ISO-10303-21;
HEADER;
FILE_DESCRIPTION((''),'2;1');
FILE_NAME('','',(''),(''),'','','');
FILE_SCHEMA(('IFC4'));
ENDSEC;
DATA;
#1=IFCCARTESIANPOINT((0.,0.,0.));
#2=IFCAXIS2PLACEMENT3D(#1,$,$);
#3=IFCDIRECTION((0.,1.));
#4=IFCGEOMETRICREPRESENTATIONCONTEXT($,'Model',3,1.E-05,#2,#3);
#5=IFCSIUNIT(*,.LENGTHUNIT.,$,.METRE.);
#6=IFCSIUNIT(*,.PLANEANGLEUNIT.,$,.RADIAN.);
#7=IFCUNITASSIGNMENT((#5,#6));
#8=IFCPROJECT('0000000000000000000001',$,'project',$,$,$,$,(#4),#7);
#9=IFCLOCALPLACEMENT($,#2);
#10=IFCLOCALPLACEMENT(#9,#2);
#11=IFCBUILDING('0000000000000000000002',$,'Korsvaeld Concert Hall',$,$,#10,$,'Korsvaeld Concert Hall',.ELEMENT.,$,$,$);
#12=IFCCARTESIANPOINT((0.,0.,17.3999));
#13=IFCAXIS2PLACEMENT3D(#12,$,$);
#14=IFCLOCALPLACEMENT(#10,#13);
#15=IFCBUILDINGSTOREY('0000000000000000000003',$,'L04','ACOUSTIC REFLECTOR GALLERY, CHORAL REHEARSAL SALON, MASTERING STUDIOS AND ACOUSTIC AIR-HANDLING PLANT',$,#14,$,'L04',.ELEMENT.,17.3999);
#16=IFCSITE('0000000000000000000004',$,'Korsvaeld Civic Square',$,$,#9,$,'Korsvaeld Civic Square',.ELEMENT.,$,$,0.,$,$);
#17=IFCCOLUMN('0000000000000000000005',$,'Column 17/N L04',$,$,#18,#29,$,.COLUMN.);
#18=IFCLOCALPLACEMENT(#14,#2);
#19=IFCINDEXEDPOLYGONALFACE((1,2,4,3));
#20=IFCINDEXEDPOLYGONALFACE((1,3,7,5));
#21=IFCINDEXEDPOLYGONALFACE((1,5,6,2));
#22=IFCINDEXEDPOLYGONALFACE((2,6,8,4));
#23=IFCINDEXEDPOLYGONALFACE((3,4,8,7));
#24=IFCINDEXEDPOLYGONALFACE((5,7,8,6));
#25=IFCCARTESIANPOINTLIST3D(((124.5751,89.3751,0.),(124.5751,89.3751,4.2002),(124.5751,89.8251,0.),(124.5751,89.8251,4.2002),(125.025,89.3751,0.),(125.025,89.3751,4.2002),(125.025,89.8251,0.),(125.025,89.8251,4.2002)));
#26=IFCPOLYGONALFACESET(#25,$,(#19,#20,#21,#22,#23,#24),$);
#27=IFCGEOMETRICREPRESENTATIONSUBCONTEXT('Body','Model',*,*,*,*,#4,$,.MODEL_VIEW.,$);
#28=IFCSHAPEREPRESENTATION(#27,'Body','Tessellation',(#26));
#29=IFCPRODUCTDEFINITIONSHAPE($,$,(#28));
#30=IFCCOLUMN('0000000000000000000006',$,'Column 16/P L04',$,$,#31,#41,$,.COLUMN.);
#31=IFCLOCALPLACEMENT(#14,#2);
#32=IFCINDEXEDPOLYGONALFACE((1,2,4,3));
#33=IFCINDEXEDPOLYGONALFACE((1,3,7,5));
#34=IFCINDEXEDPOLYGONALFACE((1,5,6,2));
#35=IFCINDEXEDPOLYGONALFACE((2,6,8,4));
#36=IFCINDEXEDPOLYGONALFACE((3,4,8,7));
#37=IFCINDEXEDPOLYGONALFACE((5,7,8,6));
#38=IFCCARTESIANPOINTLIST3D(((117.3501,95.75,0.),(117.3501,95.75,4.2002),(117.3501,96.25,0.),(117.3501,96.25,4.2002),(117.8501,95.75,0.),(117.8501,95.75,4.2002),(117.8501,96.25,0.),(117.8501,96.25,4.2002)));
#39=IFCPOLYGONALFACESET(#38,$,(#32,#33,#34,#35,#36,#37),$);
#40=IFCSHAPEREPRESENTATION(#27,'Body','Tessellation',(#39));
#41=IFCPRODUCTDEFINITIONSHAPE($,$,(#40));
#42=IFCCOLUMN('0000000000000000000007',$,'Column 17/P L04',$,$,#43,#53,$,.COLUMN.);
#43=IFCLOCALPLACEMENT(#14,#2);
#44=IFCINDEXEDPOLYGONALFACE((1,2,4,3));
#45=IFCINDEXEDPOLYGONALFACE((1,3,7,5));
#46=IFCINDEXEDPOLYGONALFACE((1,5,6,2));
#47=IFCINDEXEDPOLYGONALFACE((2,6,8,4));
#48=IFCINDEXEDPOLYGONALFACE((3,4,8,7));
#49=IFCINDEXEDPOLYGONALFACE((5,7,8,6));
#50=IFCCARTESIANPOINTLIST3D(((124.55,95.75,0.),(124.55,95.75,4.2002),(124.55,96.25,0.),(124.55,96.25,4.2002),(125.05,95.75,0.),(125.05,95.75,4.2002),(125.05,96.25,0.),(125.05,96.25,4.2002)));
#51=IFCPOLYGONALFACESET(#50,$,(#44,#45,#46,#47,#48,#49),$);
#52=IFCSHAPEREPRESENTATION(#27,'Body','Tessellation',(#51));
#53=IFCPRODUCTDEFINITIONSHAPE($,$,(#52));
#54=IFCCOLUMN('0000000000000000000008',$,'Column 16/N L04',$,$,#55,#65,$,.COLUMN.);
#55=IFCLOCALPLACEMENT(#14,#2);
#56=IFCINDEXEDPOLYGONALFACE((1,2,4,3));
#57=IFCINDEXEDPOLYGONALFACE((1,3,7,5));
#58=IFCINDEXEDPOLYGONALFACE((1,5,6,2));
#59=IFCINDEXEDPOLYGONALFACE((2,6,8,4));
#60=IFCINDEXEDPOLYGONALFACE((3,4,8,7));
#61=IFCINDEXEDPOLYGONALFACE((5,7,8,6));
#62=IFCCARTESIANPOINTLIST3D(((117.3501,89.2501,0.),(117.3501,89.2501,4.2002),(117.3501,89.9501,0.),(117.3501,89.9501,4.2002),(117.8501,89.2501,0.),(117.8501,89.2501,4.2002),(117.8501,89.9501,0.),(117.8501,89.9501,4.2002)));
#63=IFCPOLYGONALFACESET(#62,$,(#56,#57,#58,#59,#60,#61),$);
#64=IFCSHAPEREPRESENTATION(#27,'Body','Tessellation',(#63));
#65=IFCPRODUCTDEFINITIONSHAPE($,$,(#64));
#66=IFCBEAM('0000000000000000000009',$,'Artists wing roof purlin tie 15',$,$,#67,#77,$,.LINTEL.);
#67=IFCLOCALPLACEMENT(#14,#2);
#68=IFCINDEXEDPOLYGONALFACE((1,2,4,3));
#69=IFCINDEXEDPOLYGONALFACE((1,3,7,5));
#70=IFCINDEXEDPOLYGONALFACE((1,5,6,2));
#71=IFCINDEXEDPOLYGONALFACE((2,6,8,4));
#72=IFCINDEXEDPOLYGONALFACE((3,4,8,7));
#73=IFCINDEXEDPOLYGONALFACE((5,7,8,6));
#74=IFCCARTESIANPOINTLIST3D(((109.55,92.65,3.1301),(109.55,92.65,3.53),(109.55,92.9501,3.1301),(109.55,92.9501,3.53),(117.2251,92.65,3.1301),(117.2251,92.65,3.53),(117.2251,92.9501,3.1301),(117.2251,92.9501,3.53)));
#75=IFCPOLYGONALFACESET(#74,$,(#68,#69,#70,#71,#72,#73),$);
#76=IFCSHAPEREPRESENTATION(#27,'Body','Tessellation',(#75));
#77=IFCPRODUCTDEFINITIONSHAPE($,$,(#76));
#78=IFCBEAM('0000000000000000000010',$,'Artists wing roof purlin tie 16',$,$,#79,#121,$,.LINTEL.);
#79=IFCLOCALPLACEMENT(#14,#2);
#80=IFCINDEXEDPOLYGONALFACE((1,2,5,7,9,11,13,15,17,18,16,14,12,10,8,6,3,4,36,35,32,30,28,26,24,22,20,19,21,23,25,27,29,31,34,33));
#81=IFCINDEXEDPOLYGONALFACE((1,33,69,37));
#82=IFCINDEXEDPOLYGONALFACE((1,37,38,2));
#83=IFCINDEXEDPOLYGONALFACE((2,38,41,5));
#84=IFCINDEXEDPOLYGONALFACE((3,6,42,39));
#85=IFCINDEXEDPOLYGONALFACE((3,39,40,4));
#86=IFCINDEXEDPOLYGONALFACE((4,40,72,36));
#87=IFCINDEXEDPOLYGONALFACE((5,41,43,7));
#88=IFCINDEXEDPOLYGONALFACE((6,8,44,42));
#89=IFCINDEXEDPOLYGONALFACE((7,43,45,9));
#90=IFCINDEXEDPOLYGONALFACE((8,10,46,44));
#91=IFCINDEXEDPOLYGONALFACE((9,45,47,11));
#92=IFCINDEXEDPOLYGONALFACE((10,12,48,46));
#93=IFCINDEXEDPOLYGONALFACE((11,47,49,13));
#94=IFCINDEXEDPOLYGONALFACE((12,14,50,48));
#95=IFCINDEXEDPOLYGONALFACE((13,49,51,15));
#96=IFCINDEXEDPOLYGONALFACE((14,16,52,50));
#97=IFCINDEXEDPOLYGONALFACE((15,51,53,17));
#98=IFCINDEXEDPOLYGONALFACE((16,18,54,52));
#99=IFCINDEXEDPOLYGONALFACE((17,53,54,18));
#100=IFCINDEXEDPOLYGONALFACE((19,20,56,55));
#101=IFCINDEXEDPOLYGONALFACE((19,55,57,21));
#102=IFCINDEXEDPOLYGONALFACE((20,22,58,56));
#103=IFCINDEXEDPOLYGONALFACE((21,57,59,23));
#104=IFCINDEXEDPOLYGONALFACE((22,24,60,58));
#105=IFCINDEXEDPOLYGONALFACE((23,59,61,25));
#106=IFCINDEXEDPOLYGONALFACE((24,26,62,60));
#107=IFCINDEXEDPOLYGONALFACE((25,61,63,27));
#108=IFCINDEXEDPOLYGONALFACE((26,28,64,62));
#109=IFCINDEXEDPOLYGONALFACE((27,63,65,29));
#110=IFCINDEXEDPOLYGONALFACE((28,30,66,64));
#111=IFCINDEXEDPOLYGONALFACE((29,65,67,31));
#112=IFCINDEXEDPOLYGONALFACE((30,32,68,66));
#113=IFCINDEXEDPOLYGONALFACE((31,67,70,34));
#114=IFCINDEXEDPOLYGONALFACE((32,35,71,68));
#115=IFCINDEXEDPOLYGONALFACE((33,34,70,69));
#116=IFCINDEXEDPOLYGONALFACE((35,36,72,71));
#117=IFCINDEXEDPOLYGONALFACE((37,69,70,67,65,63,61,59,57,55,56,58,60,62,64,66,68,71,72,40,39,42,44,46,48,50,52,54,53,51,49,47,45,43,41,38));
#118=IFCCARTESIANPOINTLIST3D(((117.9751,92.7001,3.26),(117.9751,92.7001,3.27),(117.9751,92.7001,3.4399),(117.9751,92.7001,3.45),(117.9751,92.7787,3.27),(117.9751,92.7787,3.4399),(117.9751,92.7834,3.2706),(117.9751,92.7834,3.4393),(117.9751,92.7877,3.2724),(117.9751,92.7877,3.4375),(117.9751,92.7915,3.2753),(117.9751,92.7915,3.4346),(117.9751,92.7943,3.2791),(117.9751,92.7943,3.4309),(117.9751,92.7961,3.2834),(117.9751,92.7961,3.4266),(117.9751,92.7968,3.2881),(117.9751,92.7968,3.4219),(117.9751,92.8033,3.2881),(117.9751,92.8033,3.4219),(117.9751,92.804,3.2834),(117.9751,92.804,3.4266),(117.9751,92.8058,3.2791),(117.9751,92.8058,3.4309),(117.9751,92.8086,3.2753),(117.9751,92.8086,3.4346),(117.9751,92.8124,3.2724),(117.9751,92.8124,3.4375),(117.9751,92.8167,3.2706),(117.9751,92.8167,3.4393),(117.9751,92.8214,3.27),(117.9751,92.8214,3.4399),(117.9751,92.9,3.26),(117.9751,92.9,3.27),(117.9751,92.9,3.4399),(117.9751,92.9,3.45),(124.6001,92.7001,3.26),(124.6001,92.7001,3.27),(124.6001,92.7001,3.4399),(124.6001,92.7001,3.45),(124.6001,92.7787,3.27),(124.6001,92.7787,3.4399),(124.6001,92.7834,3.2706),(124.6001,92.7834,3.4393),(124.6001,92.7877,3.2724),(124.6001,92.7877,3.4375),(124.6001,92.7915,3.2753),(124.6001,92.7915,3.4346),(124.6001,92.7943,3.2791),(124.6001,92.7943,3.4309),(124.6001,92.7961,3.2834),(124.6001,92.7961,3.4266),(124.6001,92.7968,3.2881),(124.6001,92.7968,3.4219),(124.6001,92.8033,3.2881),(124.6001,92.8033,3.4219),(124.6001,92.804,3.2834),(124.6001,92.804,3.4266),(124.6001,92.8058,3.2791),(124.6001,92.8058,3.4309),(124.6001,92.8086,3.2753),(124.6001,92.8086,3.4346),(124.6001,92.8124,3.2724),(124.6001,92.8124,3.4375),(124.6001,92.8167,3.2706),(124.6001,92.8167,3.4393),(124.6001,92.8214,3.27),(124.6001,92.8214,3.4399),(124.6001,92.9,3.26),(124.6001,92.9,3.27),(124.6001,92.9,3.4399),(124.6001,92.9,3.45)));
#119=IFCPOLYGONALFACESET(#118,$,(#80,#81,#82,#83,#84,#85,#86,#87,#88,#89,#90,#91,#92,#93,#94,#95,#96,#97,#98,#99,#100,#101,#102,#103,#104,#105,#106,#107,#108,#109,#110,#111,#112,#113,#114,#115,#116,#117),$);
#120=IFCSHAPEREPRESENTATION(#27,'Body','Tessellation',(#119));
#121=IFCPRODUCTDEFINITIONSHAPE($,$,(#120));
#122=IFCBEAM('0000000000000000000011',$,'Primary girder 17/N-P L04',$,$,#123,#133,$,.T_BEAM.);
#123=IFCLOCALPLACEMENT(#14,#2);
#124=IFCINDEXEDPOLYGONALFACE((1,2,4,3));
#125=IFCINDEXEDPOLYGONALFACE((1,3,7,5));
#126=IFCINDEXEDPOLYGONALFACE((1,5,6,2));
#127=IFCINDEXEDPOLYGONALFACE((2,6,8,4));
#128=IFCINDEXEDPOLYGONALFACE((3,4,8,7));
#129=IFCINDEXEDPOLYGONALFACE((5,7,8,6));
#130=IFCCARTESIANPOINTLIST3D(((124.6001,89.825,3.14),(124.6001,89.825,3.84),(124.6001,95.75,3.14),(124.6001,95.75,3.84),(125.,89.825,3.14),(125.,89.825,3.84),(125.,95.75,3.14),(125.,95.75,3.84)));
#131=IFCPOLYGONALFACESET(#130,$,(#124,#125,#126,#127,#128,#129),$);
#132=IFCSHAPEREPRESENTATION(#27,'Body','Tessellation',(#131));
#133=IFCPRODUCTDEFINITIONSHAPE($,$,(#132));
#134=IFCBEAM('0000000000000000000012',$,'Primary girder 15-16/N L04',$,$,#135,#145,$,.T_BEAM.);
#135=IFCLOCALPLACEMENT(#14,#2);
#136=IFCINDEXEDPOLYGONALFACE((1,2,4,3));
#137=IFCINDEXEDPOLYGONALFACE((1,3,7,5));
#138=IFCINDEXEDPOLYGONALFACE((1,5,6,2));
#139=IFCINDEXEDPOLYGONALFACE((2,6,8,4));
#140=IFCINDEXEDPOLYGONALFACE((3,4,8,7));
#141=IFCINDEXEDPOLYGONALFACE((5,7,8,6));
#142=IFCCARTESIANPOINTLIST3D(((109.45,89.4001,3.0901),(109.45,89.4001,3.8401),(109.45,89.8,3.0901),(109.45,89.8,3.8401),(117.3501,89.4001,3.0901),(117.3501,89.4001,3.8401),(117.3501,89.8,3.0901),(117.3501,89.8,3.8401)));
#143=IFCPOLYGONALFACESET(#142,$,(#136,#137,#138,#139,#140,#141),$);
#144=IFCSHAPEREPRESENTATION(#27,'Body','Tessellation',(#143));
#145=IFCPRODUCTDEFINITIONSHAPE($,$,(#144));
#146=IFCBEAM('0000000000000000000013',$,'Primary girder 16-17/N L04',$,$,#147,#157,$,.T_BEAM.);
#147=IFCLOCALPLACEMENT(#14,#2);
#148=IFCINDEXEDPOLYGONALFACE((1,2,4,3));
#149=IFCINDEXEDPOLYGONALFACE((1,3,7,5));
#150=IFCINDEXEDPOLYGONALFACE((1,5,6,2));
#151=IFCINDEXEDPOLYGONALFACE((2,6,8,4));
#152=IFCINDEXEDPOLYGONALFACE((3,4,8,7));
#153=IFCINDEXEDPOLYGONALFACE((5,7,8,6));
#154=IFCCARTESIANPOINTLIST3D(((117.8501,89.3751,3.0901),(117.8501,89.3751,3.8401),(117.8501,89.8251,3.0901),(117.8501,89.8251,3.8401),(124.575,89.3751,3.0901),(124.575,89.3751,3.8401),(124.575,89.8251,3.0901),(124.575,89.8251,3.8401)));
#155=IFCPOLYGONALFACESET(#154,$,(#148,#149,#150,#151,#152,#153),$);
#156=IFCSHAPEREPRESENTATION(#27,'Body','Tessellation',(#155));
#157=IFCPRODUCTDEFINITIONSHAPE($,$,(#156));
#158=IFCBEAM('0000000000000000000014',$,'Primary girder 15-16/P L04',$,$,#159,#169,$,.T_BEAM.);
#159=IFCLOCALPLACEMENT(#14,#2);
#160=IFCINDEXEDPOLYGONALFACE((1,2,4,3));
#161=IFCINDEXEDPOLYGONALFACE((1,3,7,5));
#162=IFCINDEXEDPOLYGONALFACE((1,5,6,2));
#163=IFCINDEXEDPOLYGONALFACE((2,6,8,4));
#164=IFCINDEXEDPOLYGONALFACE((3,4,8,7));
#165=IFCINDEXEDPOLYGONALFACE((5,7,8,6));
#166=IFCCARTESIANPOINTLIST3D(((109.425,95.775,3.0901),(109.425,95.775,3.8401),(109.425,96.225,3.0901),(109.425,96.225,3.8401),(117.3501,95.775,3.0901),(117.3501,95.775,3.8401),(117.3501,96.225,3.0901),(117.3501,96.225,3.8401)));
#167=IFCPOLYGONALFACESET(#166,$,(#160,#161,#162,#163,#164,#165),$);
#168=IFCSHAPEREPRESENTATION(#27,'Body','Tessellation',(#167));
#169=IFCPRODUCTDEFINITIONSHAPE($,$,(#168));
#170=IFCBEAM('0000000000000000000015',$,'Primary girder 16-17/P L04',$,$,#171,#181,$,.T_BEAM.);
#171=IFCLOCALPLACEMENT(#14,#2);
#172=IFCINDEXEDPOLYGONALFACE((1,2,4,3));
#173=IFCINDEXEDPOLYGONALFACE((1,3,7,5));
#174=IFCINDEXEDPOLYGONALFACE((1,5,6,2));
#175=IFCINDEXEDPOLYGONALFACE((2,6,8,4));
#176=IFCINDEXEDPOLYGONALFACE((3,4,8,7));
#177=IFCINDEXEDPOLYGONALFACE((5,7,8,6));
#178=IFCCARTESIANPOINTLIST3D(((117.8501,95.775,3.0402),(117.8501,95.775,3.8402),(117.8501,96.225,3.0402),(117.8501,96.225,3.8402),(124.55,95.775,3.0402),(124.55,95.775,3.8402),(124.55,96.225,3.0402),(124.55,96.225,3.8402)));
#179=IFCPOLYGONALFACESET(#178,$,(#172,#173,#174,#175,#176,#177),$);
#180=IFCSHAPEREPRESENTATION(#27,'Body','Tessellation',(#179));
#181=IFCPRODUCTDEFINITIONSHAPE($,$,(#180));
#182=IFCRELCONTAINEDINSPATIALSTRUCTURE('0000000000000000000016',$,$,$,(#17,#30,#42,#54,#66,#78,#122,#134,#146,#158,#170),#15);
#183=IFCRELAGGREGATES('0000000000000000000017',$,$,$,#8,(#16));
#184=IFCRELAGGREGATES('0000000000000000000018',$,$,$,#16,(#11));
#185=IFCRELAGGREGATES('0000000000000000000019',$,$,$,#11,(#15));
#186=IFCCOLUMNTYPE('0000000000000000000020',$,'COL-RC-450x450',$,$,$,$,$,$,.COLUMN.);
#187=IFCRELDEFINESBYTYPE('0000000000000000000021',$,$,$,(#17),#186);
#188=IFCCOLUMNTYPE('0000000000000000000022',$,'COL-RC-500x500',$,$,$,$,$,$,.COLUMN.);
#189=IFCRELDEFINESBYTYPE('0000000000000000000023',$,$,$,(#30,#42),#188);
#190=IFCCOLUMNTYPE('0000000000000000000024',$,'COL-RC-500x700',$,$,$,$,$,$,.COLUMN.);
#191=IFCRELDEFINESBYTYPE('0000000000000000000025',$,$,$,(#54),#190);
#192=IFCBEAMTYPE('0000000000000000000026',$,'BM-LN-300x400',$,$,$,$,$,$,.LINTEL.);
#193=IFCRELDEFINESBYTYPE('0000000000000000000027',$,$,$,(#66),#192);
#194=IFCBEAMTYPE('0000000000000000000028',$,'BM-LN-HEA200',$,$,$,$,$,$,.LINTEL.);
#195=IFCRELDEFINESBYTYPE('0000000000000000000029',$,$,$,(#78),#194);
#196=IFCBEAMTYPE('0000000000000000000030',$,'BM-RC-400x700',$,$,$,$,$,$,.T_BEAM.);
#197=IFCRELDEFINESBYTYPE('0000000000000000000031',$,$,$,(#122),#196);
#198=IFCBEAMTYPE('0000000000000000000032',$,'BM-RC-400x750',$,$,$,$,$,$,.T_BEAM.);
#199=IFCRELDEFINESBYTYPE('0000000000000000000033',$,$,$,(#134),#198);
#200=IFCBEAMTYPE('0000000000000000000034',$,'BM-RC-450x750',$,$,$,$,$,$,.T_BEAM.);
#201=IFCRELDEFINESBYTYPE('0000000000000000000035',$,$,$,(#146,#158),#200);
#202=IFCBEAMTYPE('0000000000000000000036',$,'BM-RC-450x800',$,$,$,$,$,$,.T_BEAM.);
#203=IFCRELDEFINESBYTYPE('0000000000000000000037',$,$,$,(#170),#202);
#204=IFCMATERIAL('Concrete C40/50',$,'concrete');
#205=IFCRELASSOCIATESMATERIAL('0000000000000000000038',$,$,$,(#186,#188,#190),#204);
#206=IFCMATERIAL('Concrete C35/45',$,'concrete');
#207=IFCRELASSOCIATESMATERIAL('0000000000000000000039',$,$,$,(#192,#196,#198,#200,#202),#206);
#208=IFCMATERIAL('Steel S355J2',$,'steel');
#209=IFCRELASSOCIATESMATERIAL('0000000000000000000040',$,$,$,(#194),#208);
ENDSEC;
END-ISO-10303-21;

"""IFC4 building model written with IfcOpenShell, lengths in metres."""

from ifc_helpers import new_model, si_unit, direction, frame, origin, origin_2d, place, context, subcontext, project, spatial, rectangle, i_section, extrude, material, material_profile, profile_set, type_object, element, save


model = new_model("IFC4")

# Units and contexts
model_context = context("Model", 3, precision=1e-05, world=origin(), true_north=direction((0.0, 1.0)))
body_context = subcontext(model_context, "Body", "Model", "MODEL_VIEW")
ifc_project = project(units=[si_unit("LENGTHUNIT", "METRE"), si_unit("PLANEANGLEUNIT", "RADIAN")], contexts=[model_context])

# Site, building, storey
site_placement = place(None, origin())
site = spatial("IfcSite", under=ifc_project, at=site_placement, Name="Korsvaeld Civic Square", LongName="Korsvaeld Civic Square", CompositionType="ELEMENT", RefElevation=0.0)
building_placement = place(site_placement, origin())
building = spatial("IfcBuilding", under=site, at=building_placement, Name="Korsvaeld Concert Hall", LongName="Korsvaeld Concert Hall", CompositionType="ELEMENT")
storey_placement = place(building_placement, frame((0.0, 0.0, 17.3999)))
storey = spatial("IfcBuildingStorey", under=building, at=storey_placement, Name="L04", Description="ACOUSTIC REFLECTOR GALLERY, CHORAL REHEARSAL SALON, MASTERING STUDIOS AND ACOUSTIC AIR-HANDLING PLANT", LongName="L04", CompositionType="ELEMENT", Elevation=17.3999)

# Columns
ifc_material_1 = material(Name="Concrete C40/50", Category="concrete")
ifc_material_profile_1 = material_profile(ifc_material_1, rectangle(XDim=0.45, YDim=0.45, at=origin_2d()), Name="RC 450x450")
ifc_profile_set_1 = profile_set([ifc_material_profile_1], Name="Concrete C40/50")
column_type_1 = type_object("IfcColumnType", Name="COL-RC-450x450", PredefinedType="COLUMN", material=ifc_profile_set_1)
column_1_placement = place(storey_placement, frame((124.8, 89.6001, 0.0), z_axis=(0.0, 0.0, 1.0), x_axis=(1.0, 0.0, 0.0)))
element("IfcColumn", 1, at=column_1_placement, inside=storey, type_object=column_type_1, Name="Column 17/N L04", PredefinedType="COLUMN", context=body_context, shape_type="SweptSolid", body=[
    extrude(rectangle(XDim=0.45, YDim=0.45, at=origin_2d()), origin(), (0.0, 0.0, 1.0), 4.2002),
])
ifc_material_profile_2 = material_profile(ifc_material_1, rectangle(XDim=0.5, YDim=0.5, at=origin_2d()), Name="RC 500x500")
ifc_profile_set_2 = profile_set([ifc_material_profile_2], Name="Concrete C40/50")
column_type_2 = type_object("IfcColumnType", Name="COL-RC-500x500", PredefinedType="COLUMN", material=ifc_profile_set_2)
for number, where, z_axis, x_axis, name in (
    (2, (117.6001, 96.0, 0.0), (0.0, 0.0, 1.0), (1.0, 0.0, 0.0), "Column 16/P L04"),
    (3, (124.8, 96.0, 0.0), (0.0, 0.0, 1.0), (1.0, 0.0, 0.0), "Column 17/P L04"),
):
    element("IfcColumn", number, at=place(storey_placement, frame(where, z_axis=z_axis, x_axis=x_axis)), inside=storey, type_object=column_type_2, Name=name, PredefinedType="COLUMN", context=body_context, shape_type="SweptSolid", body=[
        extrude(rectangle(XDim=0.5, YDim=0.5, at=origin_2d()), origin(), (0.0, 0.0, 1.0), 4.2002),
    ])
ifc_material_profile_3 = material_profile(ifc_material_1, rectangle(XDim=0.5, YDim=0.7, at=origin_2d()), Name="RC 500x700")
ifc_profile_set_3 = profile_set([ifc_material_profile_3], Name="Concrete C40/50")
column_type_3 = type_object("IfcColumnType", Name="COL-RC-500x700", PredefinedType="COLUMN", material=ifc_profile_set_3)
column_2_placement = place(storey_placement, frame((117.6001, 89.6001, 0.0), z_axis=(0.0, 0.0, 1.0), x_axis=(1.0, 0.0, 0.0)))
element("IfcColumn", 4, at=column_2_placement, inside=storey, type_object=column_type_3, Name="Column 16/N L04", PredefinedType="COLUMN", context=body_context, shape_type="SweptSolid", body=[
    extrude(rectangle(XDim=0.5, YDim=0.7, at=origin_2d()), origin(), (0.0, 0.0, 1.0), 4.2002),
])

# Beams
ifc_material_2 = material(Name="Concrete C35/45", Category="concrete")
ifc_material_profile_4 = material_profile(ifc_material_2, rectangle(XDim=0.3, YDim=0.3999, at=origin_2d()), Name="RC 300x400")
ifc_profile_set_4 = profile_set([ifc_material_profile_4], Name="Concrete C35/45")
beam_type_1 = type_object("IfcBeamType", Name="BM-LN-300x400", PredefinedType="LINTEL", material=ifc_profile_set_4)
beam_1_placement = place(storey_placement, frame((109.55, 92.8, 3.3301), z_axis=(1.0, 0.0, 0.0), x_axis=(0.0, 1.0, 0.0)))
element("IfcBeam", 5, at=beam_1_placement, inside=storey, type_object=beam_type_1, Name="Artists wing roof purlin tie 15", PredefinedType="LINTEL", context=body_context, shape_type="SweptSolid", body=[
    extrude(rectangle(XDim=0.3, YDim=0.3999, at=origin_2d()), origin(), (0.0, 0.0, 1.0), 7.675),
])
ifc_material_3 = material(Name="Steel S355J2", Category="steel")
ifc_material_profile_5 = material_profile(ifc_material_3, i_section(OverallWidth=0.2, OverallDepth=0.1899, WebThickness=0.0066, FlangeThickness=0.01, FilletRadius=0.0181, at=origin_2d()), Name="HEA 200")
ifc_profile_set_5 = profile_set([ifc_material_profile_5], Name="Steel S355J2")
beam_type_2 = type_object("IfcBeamType", Name="BM-LN-HEA200", PredefinedType="LINTEL", material=ifc_profile_set_5)
beam_2_placement = place(storey_placement, frame((117.9751, 92.8, 3.355), z_axis=(1.0, 0.0, 0.0), x_axis=(0.0, 1.0, 0.0)))
element("IfcBeam", 6, at=beam_2_placement, inside=storey, type_object=beam_type_2, Name="Artists wing roof purlin tie 16", PredefinedType="LINTEL", context=body_context, shape_type="SweptSolid", body=[
    extrude(i_section(OverallWidth=0.2, OverallDepth=0.1899, WebThickness=0.0066, FlangeThickness=0.01, FilletRadius=0.0181, at=origin_2d()), origin(), (0.0, 0.0, 1.0), 6.625),
])
ifc_material_profile_6 = material_profile(ifc_material_2, rectangle(XDim=0.3999, YDim=0.7, at=origin_2d()), Name="RC 400x700")
ifc_profile_set_6 = profile_set([ifc_material_profile_6], Name="Concrete C35/45")
beam_type_3 = type_object("IfcBeamType", Name="BM-RC-400x700", PredefinedType="T_BEAM", material=ifc_profile_set_6)
beam_3_placement = place(storey_placement, frame((124.8, 89.825, 3.49), z_axis=(0.0, 1.0, 0.0), x_axis=(-1.0, 0.0, 0.0)))
element("IfcBeam", 7, at=beam_3_placement, inside=storey, type_object=beam_type_3, Name="Primary girder 17/N-P L04", PredefinedType="T_BEAM", context=body_context, shape_type="SweptSolid", body=[
    extrude(rectangle(XDim=0.3999, YDim=0.7, at=origin_2d()), origin(), (0.0, 0.0, 1.0), 5.925),
])
ifc_material_profile_7 = material_profile(ifc_material_2, rectangle(XDim=0.3999, YDim=0.75, at=origin_2d()), Name="RC 400x750")
ifc_profile_set_7 = profile_set([ifc_material_profile_7], Name="Concrete C35/45")
beam_type_4 = type_object("IfcBeamType", Name="BM-RC-400x750", PredefinedType="T_BEAM", material=ifc_profile_set_7)
beam_4_placement = place(storey_placement, frame((109.45, 89.6001, 3.4651), z_axis=(1.0, 0.0, 0.0), x_axis=(0.0, 1.0, 0.0)))
element("IfcBeam", 8, at=beam_4_placement, inside=storey, type_object=beam_type_4, Name="Primary girder 15-16/N L04", PredefinedType="T_BEAM", context=body_context, shape_type="SweptSolid", body=[
    extrude(rectangle(XDim=0.3999, YDim=0.75, at=origin_2d()), origin(), (0.0, 0.0, 1.0), 7.9001),
])
ifc_material_profile_8 = material_profile(ifc_material_2, rectangle(XDim=0.45, YDim=0.75, at=origin_2d()), Name="RC 450x750")
ifc_profile_set_8 = profile_set([ifc_material_profile_8], Name="Concrete C35/45")
beam_type_5 = type_object("IfcBeamType", Name="BM-RC-450x750", PredefinedType="T_BEAM", material=ifc_profile_set_8)
beam_5_placement = place(storey_placement, frame((117.8501, 89.6001, 3.4651), z_axis=(1.0, 0.0, 0.0), x_axis=(0.0, 1.0, 0.0)))
element("IfcBeam", 9, at=beam_5_placement, inside=storey, type_object=beam_type_5, Name="Primary girder 16-17/N L04", PredefinedType="T_BEAM", context=body_context, shape_type="SweptSolid", body=[
    extrude(rectangle(XDim=0.45, YDim=0.75, at=origin_2d()), origin(), (0.0, 0.0, 1.0), 6.7249),
])
beam_6_placement = place(storey_placement, frame((109.425, 96.0, 3.4651), z_axis=(1.0, 0.0, 0.0), x_axis=(0.0, 1.0, 0.0)))
element("IfcBeam", 10, at=beam_6_placement, inside=storey, type_object=beam_type_5, Name="Primary girder 15-16/P L04", PredefinedType="T_BEAM", context=body_context, shape_type="SweptSolid", body=[
    extrude(rectangle(XDim=0.45, YDim=0.75, at=origin_2d()), origin(), (0.0, 0.0, 1.0), 7.925),
])
ifc_material_profile_9 = material_profile(ifc_material_2, rectangle(XDim=0.45, YDim=0.8, at=origin_2d()), Name="RC 450x800")
ifc_profile_set_9 = profile_set([ifc_material_profile_9], Name="Concrete C35/45")
beam_type_6 = type_object("IfcBeamType", Name="BM-RC-450x800", PredefinedType="T_BEAM", material=ifc_profile_set_9)
beam_7_placement = place(storey_placement, frame((117.8501, 96.0, 3.4402), z_axis=(1.0, 0.0, 0.0), x_axis=(0.0, 1.0, 0.0)))
element("IfcBeam", 11, at=beam_7_placement, inside=storey, type_object=beam_type_6, Name="Primary girder 16-17/P L04", PredefinedType="T_BEAM", context=body_context, shape_type="SweptSolid", body=[
    extrude(rectangle(XDim=0.45, YDim=0.8, at=origin_2d()), origin(), (0.0, 0.0, 1.0), 6.7),
])

save(model, "model.ifc")
